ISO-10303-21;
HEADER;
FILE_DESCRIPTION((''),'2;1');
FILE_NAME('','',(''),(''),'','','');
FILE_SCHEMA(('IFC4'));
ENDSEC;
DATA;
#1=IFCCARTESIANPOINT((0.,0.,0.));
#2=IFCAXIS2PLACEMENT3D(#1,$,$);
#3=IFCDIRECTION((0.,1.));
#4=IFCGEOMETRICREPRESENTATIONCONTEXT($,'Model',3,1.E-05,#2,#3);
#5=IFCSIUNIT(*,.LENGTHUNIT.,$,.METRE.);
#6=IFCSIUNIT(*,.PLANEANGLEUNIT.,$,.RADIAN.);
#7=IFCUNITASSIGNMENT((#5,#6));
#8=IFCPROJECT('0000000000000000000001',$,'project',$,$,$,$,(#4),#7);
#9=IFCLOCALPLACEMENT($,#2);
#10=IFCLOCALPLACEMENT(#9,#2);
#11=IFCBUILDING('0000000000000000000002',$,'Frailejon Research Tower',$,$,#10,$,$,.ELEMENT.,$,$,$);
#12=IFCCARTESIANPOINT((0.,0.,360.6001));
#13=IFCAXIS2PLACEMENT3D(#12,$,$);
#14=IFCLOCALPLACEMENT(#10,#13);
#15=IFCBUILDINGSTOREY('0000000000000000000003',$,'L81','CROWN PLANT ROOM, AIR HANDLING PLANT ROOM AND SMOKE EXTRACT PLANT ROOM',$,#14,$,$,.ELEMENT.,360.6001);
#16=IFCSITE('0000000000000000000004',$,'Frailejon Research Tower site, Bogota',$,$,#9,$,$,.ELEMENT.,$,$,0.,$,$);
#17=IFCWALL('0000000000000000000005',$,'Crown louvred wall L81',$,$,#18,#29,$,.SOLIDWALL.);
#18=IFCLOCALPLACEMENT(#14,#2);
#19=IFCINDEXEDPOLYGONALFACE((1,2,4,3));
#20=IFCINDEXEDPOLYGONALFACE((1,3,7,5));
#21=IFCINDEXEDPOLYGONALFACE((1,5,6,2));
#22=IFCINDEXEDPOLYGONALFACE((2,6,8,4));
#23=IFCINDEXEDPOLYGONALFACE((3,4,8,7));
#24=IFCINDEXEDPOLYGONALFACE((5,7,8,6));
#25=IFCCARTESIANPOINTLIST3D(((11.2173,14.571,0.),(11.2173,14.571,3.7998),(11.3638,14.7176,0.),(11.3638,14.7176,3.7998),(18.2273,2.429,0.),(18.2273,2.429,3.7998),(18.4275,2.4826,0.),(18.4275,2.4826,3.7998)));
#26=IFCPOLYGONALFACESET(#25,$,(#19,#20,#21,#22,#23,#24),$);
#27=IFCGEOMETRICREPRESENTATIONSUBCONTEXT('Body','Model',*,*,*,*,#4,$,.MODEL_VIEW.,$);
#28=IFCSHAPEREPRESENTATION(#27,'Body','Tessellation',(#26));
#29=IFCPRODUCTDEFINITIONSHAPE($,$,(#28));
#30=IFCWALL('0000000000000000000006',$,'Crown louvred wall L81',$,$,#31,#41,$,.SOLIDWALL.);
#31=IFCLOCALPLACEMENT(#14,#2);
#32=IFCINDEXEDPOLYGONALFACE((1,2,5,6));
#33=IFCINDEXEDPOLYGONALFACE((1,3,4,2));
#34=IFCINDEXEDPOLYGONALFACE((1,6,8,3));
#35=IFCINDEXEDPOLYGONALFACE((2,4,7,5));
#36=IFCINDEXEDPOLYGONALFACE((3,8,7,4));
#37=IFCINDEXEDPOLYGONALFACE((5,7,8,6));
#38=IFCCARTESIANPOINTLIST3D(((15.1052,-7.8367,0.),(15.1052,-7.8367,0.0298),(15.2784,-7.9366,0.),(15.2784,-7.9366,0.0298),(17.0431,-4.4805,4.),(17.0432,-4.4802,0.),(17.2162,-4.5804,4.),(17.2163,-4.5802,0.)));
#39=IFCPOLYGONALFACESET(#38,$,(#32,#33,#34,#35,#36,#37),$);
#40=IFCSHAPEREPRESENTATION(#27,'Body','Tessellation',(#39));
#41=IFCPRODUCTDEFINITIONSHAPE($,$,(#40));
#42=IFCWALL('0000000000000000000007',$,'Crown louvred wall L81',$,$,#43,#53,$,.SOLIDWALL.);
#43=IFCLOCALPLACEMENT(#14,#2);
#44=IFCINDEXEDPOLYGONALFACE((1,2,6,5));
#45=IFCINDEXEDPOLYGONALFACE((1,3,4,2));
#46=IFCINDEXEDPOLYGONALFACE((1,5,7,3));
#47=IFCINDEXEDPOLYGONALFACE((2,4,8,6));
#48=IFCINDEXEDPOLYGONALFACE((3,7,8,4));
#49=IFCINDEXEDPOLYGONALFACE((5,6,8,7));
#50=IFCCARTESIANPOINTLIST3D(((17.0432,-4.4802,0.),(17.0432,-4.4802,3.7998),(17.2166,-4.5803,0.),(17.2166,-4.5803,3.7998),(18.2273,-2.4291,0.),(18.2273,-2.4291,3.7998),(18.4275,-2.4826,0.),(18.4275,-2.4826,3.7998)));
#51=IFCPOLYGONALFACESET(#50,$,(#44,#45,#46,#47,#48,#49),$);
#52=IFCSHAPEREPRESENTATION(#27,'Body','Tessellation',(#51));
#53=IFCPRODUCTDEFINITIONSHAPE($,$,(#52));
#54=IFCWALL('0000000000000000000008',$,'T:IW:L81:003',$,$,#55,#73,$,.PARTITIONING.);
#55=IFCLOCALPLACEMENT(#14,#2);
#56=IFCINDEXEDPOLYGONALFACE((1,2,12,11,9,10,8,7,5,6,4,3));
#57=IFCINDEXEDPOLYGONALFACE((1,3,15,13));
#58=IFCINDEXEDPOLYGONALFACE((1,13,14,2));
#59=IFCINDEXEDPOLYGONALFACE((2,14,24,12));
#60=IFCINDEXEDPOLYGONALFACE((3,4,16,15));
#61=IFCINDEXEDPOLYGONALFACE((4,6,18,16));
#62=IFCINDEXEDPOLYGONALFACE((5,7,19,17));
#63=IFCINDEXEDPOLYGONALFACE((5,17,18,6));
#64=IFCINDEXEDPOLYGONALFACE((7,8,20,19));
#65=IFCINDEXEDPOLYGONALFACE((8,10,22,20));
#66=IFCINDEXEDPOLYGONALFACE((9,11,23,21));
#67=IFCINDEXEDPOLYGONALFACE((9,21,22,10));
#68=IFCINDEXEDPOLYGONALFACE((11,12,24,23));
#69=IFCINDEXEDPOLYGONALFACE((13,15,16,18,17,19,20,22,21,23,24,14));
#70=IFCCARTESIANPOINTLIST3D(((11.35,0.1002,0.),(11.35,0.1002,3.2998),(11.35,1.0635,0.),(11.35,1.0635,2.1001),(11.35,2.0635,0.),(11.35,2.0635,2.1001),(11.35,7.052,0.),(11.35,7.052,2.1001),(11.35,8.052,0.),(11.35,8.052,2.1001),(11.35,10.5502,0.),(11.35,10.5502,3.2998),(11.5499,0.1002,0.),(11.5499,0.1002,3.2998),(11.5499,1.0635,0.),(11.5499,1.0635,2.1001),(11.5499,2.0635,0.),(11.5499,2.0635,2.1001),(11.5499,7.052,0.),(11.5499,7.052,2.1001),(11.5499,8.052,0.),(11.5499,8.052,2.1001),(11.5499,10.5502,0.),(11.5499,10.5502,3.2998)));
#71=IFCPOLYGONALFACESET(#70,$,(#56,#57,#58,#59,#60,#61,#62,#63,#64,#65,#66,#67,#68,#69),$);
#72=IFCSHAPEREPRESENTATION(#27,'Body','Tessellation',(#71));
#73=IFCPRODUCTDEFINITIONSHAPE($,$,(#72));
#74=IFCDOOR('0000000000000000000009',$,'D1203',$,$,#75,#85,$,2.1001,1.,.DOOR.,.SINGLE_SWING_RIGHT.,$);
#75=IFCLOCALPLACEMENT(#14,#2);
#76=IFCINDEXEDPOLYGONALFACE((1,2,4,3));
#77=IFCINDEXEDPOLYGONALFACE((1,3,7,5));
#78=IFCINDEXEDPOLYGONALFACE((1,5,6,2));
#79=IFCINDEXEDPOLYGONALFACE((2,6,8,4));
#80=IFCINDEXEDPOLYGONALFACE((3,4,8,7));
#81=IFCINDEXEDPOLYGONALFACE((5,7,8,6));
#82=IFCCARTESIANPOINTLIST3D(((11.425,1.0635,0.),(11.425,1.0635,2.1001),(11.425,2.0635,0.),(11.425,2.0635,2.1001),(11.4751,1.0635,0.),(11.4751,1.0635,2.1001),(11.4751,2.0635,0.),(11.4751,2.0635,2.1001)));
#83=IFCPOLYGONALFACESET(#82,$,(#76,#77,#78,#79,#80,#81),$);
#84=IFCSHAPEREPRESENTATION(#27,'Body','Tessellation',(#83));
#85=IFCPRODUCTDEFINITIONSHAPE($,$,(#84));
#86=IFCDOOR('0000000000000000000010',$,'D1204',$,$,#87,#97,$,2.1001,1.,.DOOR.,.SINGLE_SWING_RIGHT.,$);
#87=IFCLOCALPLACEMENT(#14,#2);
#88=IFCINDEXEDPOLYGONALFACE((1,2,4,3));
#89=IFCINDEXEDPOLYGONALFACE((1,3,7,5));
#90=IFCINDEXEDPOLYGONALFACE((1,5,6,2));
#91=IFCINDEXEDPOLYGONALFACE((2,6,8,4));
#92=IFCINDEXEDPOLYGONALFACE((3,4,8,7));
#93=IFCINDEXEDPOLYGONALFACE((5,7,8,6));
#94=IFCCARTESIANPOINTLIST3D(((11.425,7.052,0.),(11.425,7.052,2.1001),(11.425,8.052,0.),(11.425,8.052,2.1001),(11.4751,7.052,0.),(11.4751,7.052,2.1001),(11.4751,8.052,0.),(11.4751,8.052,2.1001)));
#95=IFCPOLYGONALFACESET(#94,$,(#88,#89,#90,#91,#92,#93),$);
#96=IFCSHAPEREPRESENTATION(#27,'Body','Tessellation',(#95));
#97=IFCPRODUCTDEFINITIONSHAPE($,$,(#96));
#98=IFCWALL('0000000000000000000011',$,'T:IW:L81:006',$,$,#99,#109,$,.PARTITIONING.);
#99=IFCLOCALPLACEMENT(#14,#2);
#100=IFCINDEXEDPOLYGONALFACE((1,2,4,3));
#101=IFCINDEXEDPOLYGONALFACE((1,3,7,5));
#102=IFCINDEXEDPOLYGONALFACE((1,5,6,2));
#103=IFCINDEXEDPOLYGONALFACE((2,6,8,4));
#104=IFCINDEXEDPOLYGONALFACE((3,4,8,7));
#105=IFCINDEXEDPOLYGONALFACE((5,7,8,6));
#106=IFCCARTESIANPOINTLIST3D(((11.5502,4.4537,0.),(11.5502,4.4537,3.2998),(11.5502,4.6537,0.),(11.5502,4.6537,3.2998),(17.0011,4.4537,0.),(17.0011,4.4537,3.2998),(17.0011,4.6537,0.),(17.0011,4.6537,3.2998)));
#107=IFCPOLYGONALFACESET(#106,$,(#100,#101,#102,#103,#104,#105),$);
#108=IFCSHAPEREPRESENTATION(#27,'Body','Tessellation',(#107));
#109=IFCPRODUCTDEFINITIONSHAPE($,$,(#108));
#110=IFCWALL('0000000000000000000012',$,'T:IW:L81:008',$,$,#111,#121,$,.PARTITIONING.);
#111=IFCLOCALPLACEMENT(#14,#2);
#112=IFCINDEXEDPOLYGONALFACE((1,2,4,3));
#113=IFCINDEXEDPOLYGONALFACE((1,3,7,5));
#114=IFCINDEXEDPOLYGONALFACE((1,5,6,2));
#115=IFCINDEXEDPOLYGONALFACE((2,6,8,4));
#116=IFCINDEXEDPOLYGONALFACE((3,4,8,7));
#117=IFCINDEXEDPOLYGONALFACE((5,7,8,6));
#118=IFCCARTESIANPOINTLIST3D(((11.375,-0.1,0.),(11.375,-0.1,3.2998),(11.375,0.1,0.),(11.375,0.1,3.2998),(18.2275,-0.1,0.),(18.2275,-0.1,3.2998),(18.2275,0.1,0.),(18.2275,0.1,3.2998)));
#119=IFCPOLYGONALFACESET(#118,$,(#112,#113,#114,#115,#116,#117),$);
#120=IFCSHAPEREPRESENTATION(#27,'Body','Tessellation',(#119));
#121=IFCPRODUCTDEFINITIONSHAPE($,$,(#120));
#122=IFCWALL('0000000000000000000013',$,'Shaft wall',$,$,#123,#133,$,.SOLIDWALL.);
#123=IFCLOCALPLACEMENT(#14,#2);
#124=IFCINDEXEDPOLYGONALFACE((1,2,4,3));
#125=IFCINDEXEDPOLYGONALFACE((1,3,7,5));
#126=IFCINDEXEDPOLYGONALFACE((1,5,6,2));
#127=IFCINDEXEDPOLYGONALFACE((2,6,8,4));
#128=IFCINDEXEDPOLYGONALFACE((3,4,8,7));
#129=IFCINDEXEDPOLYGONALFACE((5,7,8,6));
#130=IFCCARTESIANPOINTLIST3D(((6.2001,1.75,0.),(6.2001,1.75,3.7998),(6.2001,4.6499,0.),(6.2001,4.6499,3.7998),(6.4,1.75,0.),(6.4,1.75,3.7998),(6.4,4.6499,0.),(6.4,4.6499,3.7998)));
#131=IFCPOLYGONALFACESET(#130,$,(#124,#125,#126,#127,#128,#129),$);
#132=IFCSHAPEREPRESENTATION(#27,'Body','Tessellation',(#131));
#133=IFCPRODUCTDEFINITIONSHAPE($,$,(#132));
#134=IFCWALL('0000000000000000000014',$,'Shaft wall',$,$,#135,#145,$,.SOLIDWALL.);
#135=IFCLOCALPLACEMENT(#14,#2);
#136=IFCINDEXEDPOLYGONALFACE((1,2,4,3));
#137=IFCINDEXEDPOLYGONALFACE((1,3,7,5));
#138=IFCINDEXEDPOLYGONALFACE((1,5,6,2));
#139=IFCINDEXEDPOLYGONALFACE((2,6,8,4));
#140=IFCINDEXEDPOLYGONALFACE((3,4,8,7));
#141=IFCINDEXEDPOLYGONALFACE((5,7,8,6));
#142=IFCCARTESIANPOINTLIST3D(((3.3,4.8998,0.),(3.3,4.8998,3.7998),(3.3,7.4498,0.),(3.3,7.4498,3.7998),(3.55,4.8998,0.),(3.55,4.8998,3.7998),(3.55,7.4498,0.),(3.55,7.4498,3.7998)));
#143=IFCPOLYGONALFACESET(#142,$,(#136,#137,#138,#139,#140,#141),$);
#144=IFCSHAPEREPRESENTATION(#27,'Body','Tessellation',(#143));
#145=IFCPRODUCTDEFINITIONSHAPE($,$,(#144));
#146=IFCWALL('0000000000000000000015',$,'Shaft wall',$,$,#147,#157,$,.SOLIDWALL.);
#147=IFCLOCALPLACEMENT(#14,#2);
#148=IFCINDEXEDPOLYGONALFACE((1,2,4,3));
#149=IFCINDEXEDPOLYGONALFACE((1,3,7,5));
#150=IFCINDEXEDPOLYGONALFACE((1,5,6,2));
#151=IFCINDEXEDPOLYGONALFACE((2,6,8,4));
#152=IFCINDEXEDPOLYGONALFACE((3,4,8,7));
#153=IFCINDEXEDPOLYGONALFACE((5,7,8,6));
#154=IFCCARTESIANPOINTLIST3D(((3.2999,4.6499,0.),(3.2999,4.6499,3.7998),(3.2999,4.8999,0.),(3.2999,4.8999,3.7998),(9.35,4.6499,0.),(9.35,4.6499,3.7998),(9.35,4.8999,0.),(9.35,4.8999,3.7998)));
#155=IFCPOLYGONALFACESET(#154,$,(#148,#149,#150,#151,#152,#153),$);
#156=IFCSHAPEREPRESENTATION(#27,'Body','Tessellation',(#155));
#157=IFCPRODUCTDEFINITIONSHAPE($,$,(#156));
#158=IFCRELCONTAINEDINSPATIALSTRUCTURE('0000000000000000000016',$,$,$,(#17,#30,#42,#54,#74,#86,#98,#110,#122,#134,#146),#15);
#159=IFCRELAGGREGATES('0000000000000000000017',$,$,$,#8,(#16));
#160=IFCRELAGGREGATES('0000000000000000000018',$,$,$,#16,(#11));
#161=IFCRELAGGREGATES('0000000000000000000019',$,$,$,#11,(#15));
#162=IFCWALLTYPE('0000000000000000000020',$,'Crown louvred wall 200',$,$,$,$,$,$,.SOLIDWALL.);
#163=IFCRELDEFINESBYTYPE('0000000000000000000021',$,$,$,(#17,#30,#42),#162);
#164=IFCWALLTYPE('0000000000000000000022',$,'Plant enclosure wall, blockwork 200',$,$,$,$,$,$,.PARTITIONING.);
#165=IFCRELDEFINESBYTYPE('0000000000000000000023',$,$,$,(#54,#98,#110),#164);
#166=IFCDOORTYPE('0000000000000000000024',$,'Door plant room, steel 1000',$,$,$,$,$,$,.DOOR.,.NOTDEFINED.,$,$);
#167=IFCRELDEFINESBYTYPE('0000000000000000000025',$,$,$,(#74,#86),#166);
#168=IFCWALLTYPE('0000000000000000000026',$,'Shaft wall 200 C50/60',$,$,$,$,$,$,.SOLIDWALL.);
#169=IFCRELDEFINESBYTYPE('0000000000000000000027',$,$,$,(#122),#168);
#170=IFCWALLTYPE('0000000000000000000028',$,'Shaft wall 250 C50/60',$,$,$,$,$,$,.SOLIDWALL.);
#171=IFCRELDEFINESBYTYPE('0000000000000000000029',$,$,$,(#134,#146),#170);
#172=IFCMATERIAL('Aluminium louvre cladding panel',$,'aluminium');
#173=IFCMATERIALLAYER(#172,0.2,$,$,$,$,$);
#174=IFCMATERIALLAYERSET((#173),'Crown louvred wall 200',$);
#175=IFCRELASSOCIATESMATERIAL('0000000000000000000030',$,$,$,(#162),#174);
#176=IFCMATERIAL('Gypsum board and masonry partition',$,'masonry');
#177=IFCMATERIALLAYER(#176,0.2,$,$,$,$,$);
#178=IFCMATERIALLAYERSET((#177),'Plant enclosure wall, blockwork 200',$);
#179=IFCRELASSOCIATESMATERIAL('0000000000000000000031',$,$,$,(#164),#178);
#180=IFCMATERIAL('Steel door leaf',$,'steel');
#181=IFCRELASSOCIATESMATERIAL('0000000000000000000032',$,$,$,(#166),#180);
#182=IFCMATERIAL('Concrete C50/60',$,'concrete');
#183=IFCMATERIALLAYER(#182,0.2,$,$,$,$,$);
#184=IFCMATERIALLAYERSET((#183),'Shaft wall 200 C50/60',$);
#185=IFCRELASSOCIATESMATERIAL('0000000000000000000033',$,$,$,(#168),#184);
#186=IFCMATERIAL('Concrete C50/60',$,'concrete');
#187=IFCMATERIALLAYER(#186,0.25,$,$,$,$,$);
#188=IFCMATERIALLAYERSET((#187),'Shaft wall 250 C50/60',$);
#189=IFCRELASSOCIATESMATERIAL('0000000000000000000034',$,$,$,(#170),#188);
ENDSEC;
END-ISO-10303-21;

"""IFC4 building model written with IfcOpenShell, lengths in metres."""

from ifc_helpers import new_model, si_unit, direction, frame, frame_2d, origin, place, context, subcontext, project, spatial, polyline, rectangle, outline, extrude, material, layer, layer_set, type_object, element, fill, save


model = new_model("IFC4")

# Units and contexts
model_context = context("Model", 3, precision=1e-05, world=origin(), true_north=direction((0.0, 1.0)))
body_context = subcontext(model_context, "Body", "Model", "MODEL_VIEW")
ifc_project = project(units=[si_unit("LENGTHUNIT", "METRE"), si_unit("PLANEANGLEUNIT", "RADIAN")], contexts=[model_context])

# Site, building, storey
site_placement = place(None, origin())
site = spatial("IfcSite", under=ifc_project, at=site_placement, Name="Frailejon Research Tower site, Bogota", CompositionType="ELEMENT", RefElevation=0.0)
building_placement = place(site_placement, origin())
building = spatial("IfcBuilding", under=site, at=building_placement, Name="Frailejon Research Tower", CompositionType="ELEMENT")
storey_placement = place(building_placement, frame((0.0, 0.0, 360.6001)))
storey = spatial("IfcBuildingStorey", under=building, at=storey_placement, Name="L81", Description="CROWN PLANT ROOM, AIR HANDLING PLANT ROOM AND SMOKE EXTRACT PLANT ROOM", CompositionType="ELEMENT", Elevation=360.6001)

# Walls
ifc_material_1 = material(Name="Aluminium louvre cladding panel", Category="aluminium")
ifc_layer_1 = layer(ifc_material_1, 0.2)
ifc_layer_set_1 = layer_set([ifc_layer_1], Name="Crown louvred wall 200")
wall_type_1 = type_object("IfcWallType", Name="Crown louvred wall 200", PredefinedType="SOLIDWALL", material=ifc_layer_set_1)
wall_1_placement = place(storey_placement, frame((18.3274, 2.4558, 0.0), z_axis=(0.0, 0.0, 1.0), x_axis=(-0.499992, 0.86603, 0.0)))
element("IfcWall", 1, at=wall_1_placement, inside=storey, type_object=wall_type_1, Name="Crown louvred wall L81", PredefinedType="SOLIDWALL", context=body_context, shape_type="SweptSolid", body=[
    extrude(outline(polyline([(-0.0269, -0.1001), (14.1008, -0.1001), (14.0471, 0.1001), (0.0269, 0.1001), (-0.0269, -0.1001)])), origin(), (0.0, 0.0, 1.0), 3.7998),
])
wall_2_placement = place(storey_placement, frame((15.1919, -7.8867, 0.0), z_axis=(0.0, 0.0, 1.0), x_axis=(0.500028, 0.866009, 0.0)))
element("IfcWall", 2, at=wall_2_placement, inside=storey, type_object=wall_type_1, Name="Crown louvred wall L81", PredefinedType="SOLIDWALL", context=body_context, shape_type="SweptSolid", body=[
    extrude(outline(polyline([(0.0, 0.0), (3.8757, 0.0), (3.8755, 4.0), (0.0, 0.0298), (0.0, 0.0)])), frame((0.0, 0.1001, 0.0), z_axis=(0.0, -1.0, 0.0), x_axis=(1.0, 0.0, 0.0)), (0.0, 0.0, 1.0), 0.2),
])
wall_3_placement = place(storey_placement, frame((17.1299, -4.5303, 0.0), z_axis=(0.0, 0.0, 1.0), x_axis=(0.499943, 0.866058, 0.0)))
element("IfcWall", 3, at=wall_3_placement, inside=storey, type_object=wall_type_1, Name="Crown louvred wall L81", PredefinedType="SOLIDWALL", context=body_context, shape_type="SweptSolid", body=[
    extrude(outline(polyline([(0.0, -0.1001), (2.4221, -0.1001), (2.3684, 0.1001), (0.0, 0.1001), (0.0, -0.1001)])), origin(), (0.0, 0.0, 1.0), 3.7998),
])

# Wall, openings, doors
ifc_material_2 = material(Name="Gypsum board and masonry partition", Category="masonry")
ifc_layer_2 = layer(ifc_material_2, 0.2)
ifc_layer_set_2 = layer_set([ifc_layer_2], Name="Plant enclosure wall, blockwork 200")
wall_type_2 = type_object("IfcWallType", Name="Plant enclosure wall, blockwork 200", PredefinedType="PARTITIONING", material=ifc_layer_set_2)
wall_4_placement = place(storey_placement, frame((11.45, 0.1001, 0.0), z_axis=(0.0, 0.0, 1.0), x_axis=(0.0, 1.0, 0.0)))
wall_4 = element("IfcWall", 4, at=wall_4_placement, inside=storey, type_object=wall_type_2, Name="T:IW:L81:003", PredefinedType="PARTITIONING", context=body_context, shape_type="SweptSolid", body=[
    extrude(rectangle(XDim=10.45, YDim=0.2, at=frame_2d((5.2251, 0.0))), origin(), (0.0, 0.0, 1.0), 3.2998),
])
opening_1_placement = place(wall_4_placement, frame((0.9634, 0.0, 0.0)))
opening_1 = element("IfcOpeningElement", 5, at=opening_1_placement, cuts=wall_4, PredefinedType="OPENING", context=body_context, shape_type="SweptSolid", body=[
    extrude(rectangle(XDim=1.0, YDim=2.1001, at=frame_2d((0.5, 1.05))), frame((0.0, 0.1099, 0.0), z_axis=(0.0, -1.0, 0.0), x_axis=(1.0, 0.0, 0.0)), (0.0, 0.0, 1.0), 0.22),
])
opening_2_placement = place(wall_4_placement, frame((6.9519, 0.0, 0.0)))
opening_2 = element("IfcOpeningElement", 6, at=opening_2_placement, cuts=wall_4, PredefinedType="OPENING", context=body_context, shape_type="SweptSolid", body=[
    extrude(rectangle(XDim=1.0, YDim=2.1001, at=frame_2d((0.5, 1.05))), frame((0.0, 0.1099, 0.0), z_axis=(0.0, -1.0, 0.0), x_axis=(1.0, 0.0, 0.0)), (0.0, 0.0, 1.0), 0.22),
])
ifc_material_3 = material(Name="Steel door leaf", Category="steel")
door_type_1 = type_object("IfcDoorType", Name="Door plant room, steel 1000", OperationType="NOTDEFINED", PredefinedType="DOOR", material=ifc_material_3)
door_1_placement = place(opening_1_placement, origin())
door_1 = element("IfcDoor", 7, at=door_1_placement, inside=storey, type_object=door_type_1, Name="D1203", OperationType="SINGLE_SWING_RIGHT", OverallHeight=2.1001, OverallWidth=1.0, PredefinedType="DOOR", context=body_context, shape_type="SweptSolid", body=[
    extrude(rectangle(XDim=1.0, YDim=2.1001, at=frame_2d((0.5, 1.05))), frame((0.0, 0.0249, 0.0), z_axis=(0.0, -1.0, 0.0), x_axis=(1.0, 0.0, 0.0)), (0.0, 0.0, 1.0), 0.05),
])
fill(opening_1, door_1)
door_2_placement = place(opening_2_placement, origin())
door_2 = element("IfcDoor", 8, at=door_2_placement, inside=storey, type_object=door_type_1, Name="D1204", OperationType="SINGLE_SWING_RIGHT", OverallHeight=2.1001, OverallWidth=1.0, PredefinedType="DOOR", context=body_context, shape_type="SweptSolid", body=[
    extrude(rectangle(XDim=1.0, YDim=2.1001, at=frame_2d((0.5, 1.05))), frame((0.0, 0.0249, 0.0), z_axis=(0.0, -1.0, 0.0), x_axis=(1.0, 0.0, 0.0)), (0.0, 0.0, 1.0), 0.05),
])
fill(opening_2, door_2)

# Walls
wall_5_placement = place(storey_placement, frame((11.55, 4.5537, 0.0), z_axis=(0.0, 0.0, 1.0), x_axis=(1.0, 0.0, 0.0)))
element("IfcWall", 9, at=wall_5_placement, inside=storey, type_object=wall_type_2, Name="T:IW:L81:006", PredefinedType="PARTITIONING", context=body_context, shape_type="SweptSolid", body=[
    extrude(rectangle(XDim=5.4509, YDim=0.2, at=frame_2d((2.7256, 0.0))), origin(), (0.0, 0.0, 1.0), 3.2998),
])
wall_6_placement = place(storey_placement, frame((11.375, 0.0, 0.0), z_axis=(0.0, 0.0, 1.0), x_axis=(1.0, 0.0, 0.0)))
element("IfcWall", 10, at=wall_6_placement, inside=storey, type_object=wall_type_2, Name="T:IW:L81:008", PredefinedType="PARTITIONING", context=body_context, shape_type="SweptSolid", body=[
    extrude(rectangle(XDim=6.8525, YDim=0.2, at=frame_2d((3.4263, 0.0))), origin(), (0.0, 0.0, 1.0), 3.2998),
])
ifc_material_4 = material(Name="Concrete C50/60", Category="concrete")
ifc_layer_3 = layer(ifc_material_4, 0.2)
ifc_layer_set_3 = layer_set([ifc_layer_3], Name="Shaft wall 200 C50/60")
wall_type_3 = type_object("IfcWallType", Name="Shaft wall 200 C50/60", PredefinedType="SOLIDWALL", material=ifc_layer_set_3)
wall_7_placement = place(storey_placement, frame((6.3, 1.75, 0.0), z_axis=(0.0, 0.0, 1.0), x_axis=(0.0, 1.0, 0.0)))
element("IfcWall", 11, at=wall_7_placement, inside=storey, type_object=wall_type_3, Name="Shaft wall", PredefinedType="SOLIDWALL", context=body_context, shape_type="SweptSolid", body=[
    extrude(rectangle(XDim=2.8999, YDim=0.2, at=frame_2d((1.45, 0.0))), origin(), (0.0, 0.0, 1.0), 3.7998),
])
ifc_material_5 = material(Name="Concrete C50/60", Category="concrete")
ifc_layer_4 = layer(ifc_material_5, 0.25)
ifc_layer_set_4 = layer_set([ifc_layer_4], Name="Shaft wall 250 C50/60")
wall_type_4 = type_object("IfcWallType", Name="Shaft wall 250 C50/60", PredefinedType="SOLIDWALL", material=ifc_layer_set_4)
wall_8_placement = place(storey_placement, frame((3.425, 4.8999, 0.0), z_axis=(0.0, 0.0, 1.0), x_axis=(0.0, 1.0, 0.0)))
element("IfcWall", 12, at=wall_8_placement, inside=storey, type_object=wall_type_4, Name="Shaft wall", PredefinedType="SOLIDWALL", context=body_context, shape_type="SweptSolid", body=[
    extrude(rectangle(XDim=2.55, YDim=0.25, at=frame_2d((1.2749, 0.0))), origin(), (0.0, 0.0, 1.0), 3.7998),
])
wall_9_placement = place(storey_placement, frame((3.3, 4.7749, 0.0), z_axis=(0.0, 0.0, 1.0), x_axis=(1.0, 0.0, 0.0)))
element("IfcWall", 13, at=wall_9_placement, inside=storey, type_object=wall_type_4, Name="Shaft wall", PredefinedType="SOLIDWALL", context=body_context, shape_type="SweptSolid", body=[
    extrude(rectangle(XDim=6.05, YDim=0.25, at=frame_2d((3.0249, 0.0))), origin(), (0.0, 0.0, 1.0), 3.7998),
])

save(model, "model.ifc")
